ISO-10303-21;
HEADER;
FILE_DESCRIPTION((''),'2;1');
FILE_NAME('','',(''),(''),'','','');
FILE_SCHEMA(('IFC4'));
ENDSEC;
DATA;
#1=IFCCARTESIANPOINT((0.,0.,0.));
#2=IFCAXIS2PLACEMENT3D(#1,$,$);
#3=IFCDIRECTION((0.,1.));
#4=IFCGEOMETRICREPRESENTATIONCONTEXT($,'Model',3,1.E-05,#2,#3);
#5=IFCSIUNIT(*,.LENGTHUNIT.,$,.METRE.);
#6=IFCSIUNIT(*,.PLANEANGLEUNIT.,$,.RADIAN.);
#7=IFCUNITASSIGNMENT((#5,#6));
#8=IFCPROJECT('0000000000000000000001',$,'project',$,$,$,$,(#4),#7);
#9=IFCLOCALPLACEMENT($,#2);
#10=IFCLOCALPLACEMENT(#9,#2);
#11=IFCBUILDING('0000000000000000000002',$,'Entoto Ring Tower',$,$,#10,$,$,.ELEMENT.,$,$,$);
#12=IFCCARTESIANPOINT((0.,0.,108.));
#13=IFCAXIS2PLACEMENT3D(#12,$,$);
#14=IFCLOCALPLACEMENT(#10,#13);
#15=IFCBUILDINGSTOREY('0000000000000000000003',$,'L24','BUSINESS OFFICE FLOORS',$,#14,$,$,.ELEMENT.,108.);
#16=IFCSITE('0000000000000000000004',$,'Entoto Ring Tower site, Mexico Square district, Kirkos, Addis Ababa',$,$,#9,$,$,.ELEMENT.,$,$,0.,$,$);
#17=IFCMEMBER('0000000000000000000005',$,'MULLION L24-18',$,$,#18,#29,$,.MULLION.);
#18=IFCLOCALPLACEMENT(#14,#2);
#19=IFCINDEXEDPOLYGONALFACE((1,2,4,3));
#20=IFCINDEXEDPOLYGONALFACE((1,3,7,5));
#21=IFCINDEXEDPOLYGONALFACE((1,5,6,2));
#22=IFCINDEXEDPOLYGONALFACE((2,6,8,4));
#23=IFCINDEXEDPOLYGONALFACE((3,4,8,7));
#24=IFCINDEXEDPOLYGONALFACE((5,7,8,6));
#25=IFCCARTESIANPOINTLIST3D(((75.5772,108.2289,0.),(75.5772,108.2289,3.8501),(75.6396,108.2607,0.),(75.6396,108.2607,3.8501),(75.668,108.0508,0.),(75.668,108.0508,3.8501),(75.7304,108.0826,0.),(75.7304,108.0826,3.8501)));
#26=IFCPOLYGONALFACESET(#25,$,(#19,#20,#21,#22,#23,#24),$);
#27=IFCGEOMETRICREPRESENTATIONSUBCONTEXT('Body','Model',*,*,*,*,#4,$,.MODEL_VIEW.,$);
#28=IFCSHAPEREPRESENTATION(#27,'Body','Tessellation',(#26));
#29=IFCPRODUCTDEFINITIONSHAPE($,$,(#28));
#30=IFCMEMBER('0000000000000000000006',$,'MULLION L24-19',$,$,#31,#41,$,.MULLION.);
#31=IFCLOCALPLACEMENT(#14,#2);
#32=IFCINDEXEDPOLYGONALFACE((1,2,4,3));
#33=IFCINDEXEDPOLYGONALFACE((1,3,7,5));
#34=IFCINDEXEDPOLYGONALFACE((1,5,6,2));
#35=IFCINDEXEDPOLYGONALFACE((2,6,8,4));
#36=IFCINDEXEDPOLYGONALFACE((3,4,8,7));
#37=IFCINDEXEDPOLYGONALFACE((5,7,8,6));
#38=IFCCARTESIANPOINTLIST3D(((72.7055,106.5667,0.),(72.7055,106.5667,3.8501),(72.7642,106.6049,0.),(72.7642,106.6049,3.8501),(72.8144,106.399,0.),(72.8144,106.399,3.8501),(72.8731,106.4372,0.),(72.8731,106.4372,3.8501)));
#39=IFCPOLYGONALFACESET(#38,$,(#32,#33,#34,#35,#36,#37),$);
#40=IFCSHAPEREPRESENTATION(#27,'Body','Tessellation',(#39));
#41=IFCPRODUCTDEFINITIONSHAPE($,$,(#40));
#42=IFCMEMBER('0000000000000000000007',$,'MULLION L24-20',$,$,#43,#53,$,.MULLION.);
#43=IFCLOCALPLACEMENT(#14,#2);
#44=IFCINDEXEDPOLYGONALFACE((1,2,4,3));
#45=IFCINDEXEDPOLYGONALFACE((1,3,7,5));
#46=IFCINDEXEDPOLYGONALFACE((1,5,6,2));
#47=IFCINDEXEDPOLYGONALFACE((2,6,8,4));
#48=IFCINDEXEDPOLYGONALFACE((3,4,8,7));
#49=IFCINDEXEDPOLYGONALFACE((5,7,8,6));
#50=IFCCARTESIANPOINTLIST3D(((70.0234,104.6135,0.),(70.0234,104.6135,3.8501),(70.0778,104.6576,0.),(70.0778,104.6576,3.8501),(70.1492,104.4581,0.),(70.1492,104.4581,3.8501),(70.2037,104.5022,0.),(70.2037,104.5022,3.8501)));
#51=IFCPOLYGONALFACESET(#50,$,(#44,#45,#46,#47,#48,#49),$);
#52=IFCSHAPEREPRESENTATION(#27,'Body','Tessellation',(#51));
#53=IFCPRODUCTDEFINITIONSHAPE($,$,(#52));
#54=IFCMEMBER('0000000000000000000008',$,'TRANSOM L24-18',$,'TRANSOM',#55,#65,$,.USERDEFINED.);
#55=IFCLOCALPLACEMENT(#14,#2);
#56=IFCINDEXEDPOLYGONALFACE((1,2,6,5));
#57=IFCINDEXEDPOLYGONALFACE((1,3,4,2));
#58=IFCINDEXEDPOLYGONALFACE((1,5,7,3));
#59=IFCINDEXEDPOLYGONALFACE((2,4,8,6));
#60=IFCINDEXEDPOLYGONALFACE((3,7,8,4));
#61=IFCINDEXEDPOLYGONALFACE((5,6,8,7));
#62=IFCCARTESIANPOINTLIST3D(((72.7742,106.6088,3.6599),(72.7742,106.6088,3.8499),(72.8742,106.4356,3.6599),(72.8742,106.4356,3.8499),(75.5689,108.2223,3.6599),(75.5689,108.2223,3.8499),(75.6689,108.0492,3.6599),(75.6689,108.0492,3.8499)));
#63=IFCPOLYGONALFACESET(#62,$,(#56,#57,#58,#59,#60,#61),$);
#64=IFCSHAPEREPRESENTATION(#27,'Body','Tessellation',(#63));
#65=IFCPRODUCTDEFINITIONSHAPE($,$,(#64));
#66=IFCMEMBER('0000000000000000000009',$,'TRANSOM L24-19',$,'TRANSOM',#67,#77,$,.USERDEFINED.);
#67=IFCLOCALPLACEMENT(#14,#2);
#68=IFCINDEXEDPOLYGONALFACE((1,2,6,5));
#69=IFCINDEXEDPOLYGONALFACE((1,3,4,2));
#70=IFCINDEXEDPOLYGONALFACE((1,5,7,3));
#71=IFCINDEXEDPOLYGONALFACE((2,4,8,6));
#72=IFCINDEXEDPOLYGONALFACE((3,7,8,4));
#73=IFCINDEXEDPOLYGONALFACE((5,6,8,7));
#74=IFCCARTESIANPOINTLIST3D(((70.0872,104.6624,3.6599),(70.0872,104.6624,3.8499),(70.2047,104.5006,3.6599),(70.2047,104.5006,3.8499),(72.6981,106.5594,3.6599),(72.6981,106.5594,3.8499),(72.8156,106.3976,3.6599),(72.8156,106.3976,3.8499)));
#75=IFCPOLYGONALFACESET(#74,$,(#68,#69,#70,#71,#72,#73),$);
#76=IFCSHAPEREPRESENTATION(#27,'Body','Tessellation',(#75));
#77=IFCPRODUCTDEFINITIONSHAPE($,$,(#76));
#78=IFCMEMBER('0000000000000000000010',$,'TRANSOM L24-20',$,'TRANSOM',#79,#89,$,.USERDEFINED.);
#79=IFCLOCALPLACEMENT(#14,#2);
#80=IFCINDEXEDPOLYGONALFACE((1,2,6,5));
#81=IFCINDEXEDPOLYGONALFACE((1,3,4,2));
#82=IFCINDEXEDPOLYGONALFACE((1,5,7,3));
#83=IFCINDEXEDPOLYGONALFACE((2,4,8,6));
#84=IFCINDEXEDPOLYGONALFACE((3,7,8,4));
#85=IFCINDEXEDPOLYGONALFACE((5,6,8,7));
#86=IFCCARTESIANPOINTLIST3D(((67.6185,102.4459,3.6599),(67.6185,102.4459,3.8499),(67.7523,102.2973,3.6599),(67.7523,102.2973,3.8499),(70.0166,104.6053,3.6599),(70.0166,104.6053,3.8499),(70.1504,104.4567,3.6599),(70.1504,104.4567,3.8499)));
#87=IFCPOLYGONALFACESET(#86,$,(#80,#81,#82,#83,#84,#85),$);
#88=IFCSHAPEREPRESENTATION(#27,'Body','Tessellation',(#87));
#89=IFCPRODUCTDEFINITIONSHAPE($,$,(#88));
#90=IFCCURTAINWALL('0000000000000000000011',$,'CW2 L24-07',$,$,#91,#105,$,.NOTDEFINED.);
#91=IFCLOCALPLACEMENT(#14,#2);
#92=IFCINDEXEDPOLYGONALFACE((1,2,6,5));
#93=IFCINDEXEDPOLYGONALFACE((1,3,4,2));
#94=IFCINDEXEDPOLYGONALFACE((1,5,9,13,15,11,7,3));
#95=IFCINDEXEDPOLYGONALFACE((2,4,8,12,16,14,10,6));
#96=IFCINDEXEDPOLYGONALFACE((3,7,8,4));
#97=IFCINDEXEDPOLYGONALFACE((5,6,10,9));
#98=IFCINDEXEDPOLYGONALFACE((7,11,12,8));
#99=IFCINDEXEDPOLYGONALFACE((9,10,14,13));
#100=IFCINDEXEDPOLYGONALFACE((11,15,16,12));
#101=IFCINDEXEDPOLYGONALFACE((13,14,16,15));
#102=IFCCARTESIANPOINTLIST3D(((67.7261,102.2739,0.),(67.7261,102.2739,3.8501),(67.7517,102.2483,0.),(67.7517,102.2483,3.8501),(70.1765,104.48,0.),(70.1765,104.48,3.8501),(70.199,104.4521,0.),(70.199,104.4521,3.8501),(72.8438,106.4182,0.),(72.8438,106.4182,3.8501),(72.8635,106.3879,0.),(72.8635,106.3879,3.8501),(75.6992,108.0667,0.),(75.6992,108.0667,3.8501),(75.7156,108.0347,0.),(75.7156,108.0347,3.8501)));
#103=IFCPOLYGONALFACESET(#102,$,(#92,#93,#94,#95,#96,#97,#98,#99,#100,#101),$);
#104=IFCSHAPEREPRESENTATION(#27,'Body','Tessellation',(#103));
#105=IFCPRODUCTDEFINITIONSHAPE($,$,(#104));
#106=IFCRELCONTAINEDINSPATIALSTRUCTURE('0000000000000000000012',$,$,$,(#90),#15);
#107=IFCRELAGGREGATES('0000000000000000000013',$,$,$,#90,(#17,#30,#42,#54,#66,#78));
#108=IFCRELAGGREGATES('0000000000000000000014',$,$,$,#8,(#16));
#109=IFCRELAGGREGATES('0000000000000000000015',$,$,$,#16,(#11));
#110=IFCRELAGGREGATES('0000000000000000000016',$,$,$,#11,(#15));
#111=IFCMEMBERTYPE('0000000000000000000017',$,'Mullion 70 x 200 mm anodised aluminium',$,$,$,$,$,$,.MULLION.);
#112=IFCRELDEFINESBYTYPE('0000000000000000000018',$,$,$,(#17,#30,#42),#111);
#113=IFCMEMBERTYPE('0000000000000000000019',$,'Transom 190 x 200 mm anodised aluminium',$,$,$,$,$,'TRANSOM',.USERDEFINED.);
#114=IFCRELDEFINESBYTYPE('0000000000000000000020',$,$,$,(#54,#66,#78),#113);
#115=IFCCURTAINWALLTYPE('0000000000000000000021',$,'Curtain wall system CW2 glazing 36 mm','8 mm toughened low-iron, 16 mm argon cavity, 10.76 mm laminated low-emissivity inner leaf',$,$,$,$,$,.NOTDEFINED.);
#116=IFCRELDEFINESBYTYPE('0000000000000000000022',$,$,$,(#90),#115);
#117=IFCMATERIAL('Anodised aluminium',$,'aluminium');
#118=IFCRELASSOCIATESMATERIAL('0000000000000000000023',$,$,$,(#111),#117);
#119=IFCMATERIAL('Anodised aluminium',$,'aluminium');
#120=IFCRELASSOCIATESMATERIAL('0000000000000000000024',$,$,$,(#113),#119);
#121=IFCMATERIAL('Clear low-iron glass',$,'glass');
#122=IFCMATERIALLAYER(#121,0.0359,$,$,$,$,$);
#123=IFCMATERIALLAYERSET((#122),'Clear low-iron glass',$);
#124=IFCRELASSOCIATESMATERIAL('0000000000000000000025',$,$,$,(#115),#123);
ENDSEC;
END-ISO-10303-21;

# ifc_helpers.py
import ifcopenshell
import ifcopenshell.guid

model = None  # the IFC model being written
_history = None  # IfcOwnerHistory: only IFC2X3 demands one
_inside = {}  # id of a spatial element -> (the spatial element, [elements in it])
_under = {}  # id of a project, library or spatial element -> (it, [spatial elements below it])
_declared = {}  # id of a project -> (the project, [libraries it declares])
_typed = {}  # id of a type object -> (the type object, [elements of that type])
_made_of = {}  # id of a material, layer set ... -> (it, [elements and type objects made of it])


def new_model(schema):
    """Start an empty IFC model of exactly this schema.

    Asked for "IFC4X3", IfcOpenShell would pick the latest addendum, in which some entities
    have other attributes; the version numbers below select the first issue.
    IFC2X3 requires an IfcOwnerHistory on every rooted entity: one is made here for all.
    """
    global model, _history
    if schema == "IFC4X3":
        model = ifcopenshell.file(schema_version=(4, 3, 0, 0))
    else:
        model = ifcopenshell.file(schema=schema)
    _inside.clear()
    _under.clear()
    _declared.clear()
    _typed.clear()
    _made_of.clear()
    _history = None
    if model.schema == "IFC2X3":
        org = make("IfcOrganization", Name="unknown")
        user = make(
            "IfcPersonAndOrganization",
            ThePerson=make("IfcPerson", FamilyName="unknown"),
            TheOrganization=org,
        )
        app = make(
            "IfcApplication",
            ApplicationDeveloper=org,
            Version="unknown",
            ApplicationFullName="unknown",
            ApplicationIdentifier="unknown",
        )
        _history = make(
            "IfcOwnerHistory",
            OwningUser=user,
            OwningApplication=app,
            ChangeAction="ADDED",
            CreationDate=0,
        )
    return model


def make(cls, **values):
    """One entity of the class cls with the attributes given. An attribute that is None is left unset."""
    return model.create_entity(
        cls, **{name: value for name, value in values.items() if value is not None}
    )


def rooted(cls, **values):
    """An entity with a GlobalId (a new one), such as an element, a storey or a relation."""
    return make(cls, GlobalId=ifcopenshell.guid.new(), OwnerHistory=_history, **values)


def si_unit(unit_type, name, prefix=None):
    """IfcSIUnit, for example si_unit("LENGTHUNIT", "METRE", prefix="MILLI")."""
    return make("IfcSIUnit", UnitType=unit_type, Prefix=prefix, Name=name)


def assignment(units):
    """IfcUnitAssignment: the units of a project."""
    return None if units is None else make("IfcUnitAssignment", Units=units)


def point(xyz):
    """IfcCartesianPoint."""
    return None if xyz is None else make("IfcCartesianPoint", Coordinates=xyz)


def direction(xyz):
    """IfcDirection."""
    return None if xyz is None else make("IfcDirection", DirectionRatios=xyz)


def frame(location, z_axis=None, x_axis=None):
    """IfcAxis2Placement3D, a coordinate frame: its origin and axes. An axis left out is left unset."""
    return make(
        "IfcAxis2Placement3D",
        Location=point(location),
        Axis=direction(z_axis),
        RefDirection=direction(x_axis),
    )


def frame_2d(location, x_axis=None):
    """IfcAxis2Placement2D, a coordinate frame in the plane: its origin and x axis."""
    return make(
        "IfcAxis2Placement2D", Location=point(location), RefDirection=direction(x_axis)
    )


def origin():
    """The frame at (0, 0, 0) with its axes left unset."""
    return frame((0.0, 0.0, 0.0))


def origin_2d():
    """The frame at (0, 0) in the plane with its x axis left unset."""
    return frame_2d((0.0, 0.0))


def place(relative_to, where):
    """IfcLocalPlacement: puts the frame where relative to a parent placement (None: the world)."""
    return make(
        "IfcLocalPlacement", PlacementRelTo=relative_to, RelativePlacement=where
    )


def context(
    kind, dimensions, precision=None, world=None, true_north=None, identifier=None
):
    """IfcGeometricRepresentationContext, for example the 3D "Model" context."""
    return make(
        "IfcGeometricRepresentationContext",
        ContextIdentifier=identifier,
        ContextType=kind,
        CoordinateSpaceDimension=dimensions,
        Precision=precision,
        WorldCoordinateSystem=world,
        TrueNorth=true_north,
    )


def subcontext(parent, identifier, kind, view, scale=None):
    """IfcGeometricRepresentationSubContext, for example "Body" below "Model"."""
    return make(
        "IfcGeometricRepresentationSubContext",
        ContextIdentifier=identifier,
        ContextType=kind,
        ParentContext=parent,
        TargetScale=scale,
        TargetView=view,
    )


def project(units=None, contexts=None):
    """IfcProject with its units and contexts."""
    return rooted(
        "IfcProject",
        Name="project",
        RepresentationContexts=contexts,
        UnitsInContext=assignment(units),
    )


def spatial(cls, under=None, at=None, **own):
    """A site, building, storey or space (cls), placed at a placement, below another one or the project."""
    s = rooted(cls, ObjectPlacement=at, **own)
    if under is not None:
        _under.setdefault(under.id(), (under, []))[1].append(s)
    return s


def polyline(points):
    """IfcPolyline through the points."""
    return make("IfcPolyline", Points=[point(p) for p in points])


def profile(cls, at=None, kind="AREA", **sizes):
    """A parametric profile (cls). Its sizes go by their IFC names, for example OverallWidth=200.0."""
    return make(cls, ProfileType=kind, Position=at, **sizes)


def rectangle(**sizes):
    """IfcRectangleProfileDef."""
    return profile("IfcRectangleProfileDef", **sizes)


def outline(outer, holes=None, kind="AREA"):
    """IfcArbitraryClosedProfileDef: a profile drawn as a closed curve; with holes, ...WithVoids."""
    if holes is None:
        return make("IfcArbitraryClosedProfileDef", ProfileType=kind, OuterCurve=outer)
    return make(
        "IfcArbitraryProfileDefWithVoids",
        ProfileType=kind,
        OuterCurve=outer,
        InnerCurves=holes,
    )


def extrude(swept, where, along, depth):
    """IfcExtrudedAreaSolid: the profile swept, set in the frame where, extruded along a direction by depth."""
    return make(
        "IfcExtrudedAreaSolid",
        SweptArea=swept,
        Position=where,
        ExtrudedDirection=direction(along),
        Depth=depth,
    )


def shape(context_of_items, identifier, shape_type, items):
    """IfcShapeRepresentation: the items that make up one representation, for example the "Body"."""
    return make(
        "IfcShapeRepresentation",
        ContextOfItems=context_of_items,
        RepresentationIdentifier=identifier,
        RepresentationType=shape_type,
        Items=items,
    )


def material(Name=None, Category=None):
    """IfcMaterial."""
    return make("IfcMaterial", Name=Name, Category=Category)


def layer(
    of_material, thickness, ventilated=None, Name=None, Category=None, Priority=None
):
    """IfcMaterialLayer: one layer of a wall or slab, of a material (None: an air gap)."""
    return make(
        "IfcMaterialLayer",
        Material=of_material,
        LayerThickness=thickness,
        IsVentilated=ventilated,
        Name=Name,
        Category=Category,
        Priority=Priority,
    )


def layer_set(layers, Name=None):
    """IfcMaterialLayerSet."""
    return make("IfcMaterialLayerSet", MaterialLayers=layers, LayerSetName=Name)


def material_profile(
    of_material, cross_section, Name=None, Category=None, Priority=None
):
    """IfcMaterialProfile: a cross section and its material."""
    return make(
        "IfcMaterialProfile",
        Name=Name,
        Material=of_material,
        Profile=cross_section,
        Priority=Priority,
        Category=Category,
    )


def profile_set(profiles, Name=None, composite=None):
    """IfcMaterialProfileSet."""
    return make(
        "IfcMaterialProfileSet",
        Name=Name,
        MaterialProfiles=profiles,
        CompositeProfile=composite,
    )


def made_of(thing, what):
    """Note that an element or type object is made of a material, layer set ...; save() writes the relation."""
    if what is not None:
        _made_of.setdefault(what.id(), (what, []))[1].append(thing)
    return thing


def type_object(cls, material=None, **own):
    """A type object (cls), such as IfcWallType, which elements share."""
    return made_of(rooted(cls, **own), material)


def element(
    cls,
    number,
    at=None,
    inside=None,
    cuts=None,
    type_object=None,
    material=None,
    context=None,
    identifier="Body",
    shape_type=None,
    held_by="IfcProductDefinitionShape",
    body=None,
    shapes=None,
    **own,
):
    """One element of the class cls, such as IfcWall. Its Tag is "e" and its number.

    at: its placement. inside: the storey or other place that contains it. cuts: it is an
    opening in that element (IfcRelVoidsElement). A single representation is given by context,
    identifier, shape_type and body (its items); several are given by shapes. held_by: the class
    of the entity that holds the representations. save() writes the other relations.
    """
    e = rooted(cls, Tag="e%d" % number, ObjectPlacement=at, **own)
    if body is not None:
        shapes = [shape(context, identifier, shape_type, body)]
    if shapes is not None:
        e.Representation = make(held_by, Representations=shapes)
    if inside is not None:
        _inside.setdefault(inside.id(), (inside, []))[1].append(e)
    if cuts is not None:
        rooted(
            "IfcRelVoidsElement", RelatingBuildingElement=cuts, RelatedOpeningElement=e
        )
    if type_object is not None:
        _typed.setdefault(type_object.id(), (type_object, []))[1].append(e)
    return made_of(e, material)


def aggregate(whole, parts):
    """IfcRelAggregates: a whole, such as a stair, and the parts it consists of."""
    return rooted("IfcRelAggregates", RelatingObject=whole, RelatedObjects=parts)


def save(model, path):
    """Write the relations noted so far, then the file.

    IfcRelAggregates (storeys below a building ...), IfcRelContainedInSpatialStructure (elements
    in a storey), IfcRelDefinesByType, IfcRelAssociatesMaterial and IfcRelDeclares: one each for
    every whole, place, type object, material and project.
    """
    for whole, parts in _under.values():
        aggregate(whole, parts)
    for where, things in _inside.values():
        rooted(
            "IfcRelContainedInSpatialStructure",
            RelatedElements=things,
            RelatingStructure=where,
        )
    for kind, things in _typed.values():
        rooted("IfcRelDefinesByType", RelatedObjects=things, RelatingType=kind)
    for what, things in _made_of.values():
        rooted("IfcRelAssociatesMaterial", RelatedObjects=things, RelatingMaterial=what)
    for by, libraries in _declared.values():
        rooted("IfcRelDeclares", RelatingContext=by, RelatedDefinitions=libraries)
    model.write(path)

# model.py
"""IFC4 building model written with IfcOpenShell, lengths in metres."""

from ifc_helpers import new_model, si_unit, direction, frame, origin, origin_2d, place, context, subcontext, project, spatial, polyline, rectangle, outline, extrude, material, layer, layer_set, material_profile, profile_set, type_object, element, aggregate, save


model = new_model("IFC4")

# Units and contexts
model_context = context("Model", 3, precision=1e-05, world=origin(), true_north=direction((0.0, 1.0)))
body_context = subcontext(model_context, "Body", "Model", "MODEL_VIEW")
ifc_project = project(units=[si_unit("LENGTHUNIT", "METRE"), si_unit("PLANEANGLEUNIT", "RADIAN")], contexts=[model_context])

# Members
ifc_material_1 = material(Name="Anodised aluminium", Category="aluminium")
ifc_material_profile_1 = material_profile(ifc_material_1, rectangle(XDim=0.0701, YDim=0.2, at=origin_2d()), Name="Mullion 70 x 200 mm anodised aluminium")
ifc_profile_set_1 = profile_set([ifc_material_profile_1], Name="Anodised aluminium")
member_type_1 = type_object("IfcMemberType", Name="Mullion 70 x 200 mm anodised aluminium", PredefinedType="MULLION", material=ifc_profile_set_1)
site_placement = place(None, origin())
building_placement = place(site_placement, origin())
storey_placement = place(building_placement, frame((0.0, 0.0, 108.0)))
member_1_placement = place(storey_placement, frame((75.6538, 108.1558, 0.0), z_axis=(0.0, 0.0, 1.0), x_axis=(-0.891007, -0.45399, 0.0)))
member_1 = element("IfcMember", 1, at=member_1_placement, type_object=member_type_1, Name="MULLION L24-18", PredefinedType="MULLION", context=body_context, shape_type="SweptSolid", body=[
    extrude(rectangle(XDim=0.0701, YDim=0.2, at=origin_2d()), origin(), (0.0, 0.0, 1.0), 3.8501),
])
member_2_placement = place(storey_placement, frame((72.7893, 106.502, 0.0), z_axis=(0.0, 0.0, 1.0), x_axis=(-0.838671, -0.544639, 0.0)))
member_2 = element("IfcMember", 2, at=member_2_placement, type_object=member_type_1, Name="MULLION L24-19", PredefinedType="MULLION", context=body_context, shape_type="SweptSolid", body=[
    extrude(rectangle(XDim=0.0701, YDim=0.2, at=origin_2d()), origin(), (0.0, 0.0, 1.0), 3.8501),
])
member_3_placement = place(storey_placement, frame((70.1135, 104.5579, 0.0), z_axis=(0.0, 0.0, 1.0), x_axis=(-0.777146, -0.62932, 0.0)))
member_3 = element("IfcMember", 3, at=member_3_placement, type_object=member_type_1, Name="MULLION L24-20", PredefinedType="MULLION", context=body_context, shape_type="SweptSolid", body=[
    extrude(rectangle(XDim=0.0701, YDim=0.2, at=origin_2d()), origin(), (0.0, 0.0, 1.0), 3.8501),
])
ifc_material_2 = material(Name="Anodised aluminium", Category="aluminium")
ifc_material_profile_2 = material_profile(ifc_material_2, rectangle(XDim=0.2, YDim=0.1899, at=origin_2d()), Name="Transom 190 x 200 mm anodised aluminium")
ifc_profile_set_2 = profile_set([ifc_material_profile_2], Name="Anodised aluminium")
member_type_2 = type_object("IfcMemberType", Name="Transom 190 x 200 mm anodised aluminium", ElementType="TRANSOM", PredefinedType="USERDEFINED", material=ifc_profile_set_2)
member_4_placement = place(storey_placement, frame((75.6189, 108.1357, 3.7549), z_axis=(-0.866023, -0.500004, 0.0), x_axis=(0.500004, -0.866023, 0.0)))
member_4 = element("IfcMember", 4, at=member_4_placement, type_object=member_type_2, Name="TRANSOM L24-18", ObjectType="TRANSOM", PredefinedType="USERDEFINED", context=body_context, shape_type="SweptSolid", body=[
    extrude(rectangle(XDim=0.2, YDim=0.1899, at=origin_2d()), origin(), (0.0, 0.0, 1.0), 3.2271),
])
member_5_placement = place(storey_placement, frame((72.7568, 106.4785, 3.7549), z_axis=(-0.809004, -0.587803, 0.0), x_axis=(0.587803, -0.809004, 0.0)))
member_5 = element("IfcMember", 5, at=member_5_placement, type_object=member_type_2, Name="TRANSOM L24-19", ObjectType="TRANSOM", PredefinedType="USERDEFINED", context=body_context, shape_type="SweptSolid", body=[
    extrude(rectangle(XDim=0.2, YDim=0.1899, at=origin_2d()), origin(), (0.0, 0.0, 1.0), 3.2273),
])
member_6_placement = place(storey_placement, frame((70.0835, 104.531, 3.7549), z_axis=(-0.743132, -0.669144, 0.0), x_axis=(0.669144, -0.743132, 0.0)))
member_6 = element("IfcMember", 6, at=member_6_placement, type_object=member_type_2, Name="TRANSOM L24-20", ObjectType="TRANSOM", PredefinedType="USERDEFINED", context=body_context, shape_type="SweptSolid", body=[
    extrude(rectangle(XDim=0.2, YDim=0.1899, at=origin_2d()), origin(), (0.0, 0.0, 1.0), 3.2271),
])

# Site, building, storey
site = spatial("IfcSite", under=ifc_project, at=site_placement, Name="Entoto Ring Tower site, Mexico Square district, Kirkos, Addis Ababa", CompositionType="ELEMENT", RefElevation=0.0)
building = spatial("IfcBuilding", under=site, at=building_placement, Name="Entoto Ring Tower", CompositionType="ELEMENT")
storey = spatial("IfcBuildingStorey", under=building, at=storey_placement, Name="L24", Description="BUSINESS OFFICE FLOORS", CompositionType="ELEMENT", Elevation=108.0)

# Curtain wall
ifc_material_3 = material(Name="Clear low-iron glass", Category="glass")
ifc_layer = layer(ifc_material_3, 0.0359)
ifc_layer_set = layer_set([ifc_layer], Name="Clear low-iron glass")
curtain_wall_type = type_object("IfcCurtainWallType", Name="Curtain wall system CW2 glazing 36 mm", Description="8 mm toughened low-iron, 16 mm argon cavity, 10.76 mm laminated low-emissivity inner leaf", PredefinedType="NOTDEFINED", material=ifc_layer_set)
curtain_wall_1_placement = place(storey_placement, origin())
curtain_wall_1 = element("IfcCurtainWall", 7, at=curtain_wall_1_placement, inside=storey, type_object=curtain_wall_type, Name="CW2 L24-07", PredefinedType="NOTDEFINED", context=body_context, shape_type="SweptSolid", body=[
    extrude(outline(polyline([(75.6992, 108.0667), (72.8438, 106.4182), (70.1765, 104.48), (67.7261, 102.2739), (67.7517, 102.2483), (70.199, 104.4521), (72.8635, 106.3879), (75.7156, 108.0347), (75.6992, 108.0667)])), origin(), (0.0, 0.0, 1.0), 3.8501),
])
aggregate(curtain_wall_1, [member_1, member_2, member_3, member_4, member_5, member_6])

save(model, "model.ifc")
